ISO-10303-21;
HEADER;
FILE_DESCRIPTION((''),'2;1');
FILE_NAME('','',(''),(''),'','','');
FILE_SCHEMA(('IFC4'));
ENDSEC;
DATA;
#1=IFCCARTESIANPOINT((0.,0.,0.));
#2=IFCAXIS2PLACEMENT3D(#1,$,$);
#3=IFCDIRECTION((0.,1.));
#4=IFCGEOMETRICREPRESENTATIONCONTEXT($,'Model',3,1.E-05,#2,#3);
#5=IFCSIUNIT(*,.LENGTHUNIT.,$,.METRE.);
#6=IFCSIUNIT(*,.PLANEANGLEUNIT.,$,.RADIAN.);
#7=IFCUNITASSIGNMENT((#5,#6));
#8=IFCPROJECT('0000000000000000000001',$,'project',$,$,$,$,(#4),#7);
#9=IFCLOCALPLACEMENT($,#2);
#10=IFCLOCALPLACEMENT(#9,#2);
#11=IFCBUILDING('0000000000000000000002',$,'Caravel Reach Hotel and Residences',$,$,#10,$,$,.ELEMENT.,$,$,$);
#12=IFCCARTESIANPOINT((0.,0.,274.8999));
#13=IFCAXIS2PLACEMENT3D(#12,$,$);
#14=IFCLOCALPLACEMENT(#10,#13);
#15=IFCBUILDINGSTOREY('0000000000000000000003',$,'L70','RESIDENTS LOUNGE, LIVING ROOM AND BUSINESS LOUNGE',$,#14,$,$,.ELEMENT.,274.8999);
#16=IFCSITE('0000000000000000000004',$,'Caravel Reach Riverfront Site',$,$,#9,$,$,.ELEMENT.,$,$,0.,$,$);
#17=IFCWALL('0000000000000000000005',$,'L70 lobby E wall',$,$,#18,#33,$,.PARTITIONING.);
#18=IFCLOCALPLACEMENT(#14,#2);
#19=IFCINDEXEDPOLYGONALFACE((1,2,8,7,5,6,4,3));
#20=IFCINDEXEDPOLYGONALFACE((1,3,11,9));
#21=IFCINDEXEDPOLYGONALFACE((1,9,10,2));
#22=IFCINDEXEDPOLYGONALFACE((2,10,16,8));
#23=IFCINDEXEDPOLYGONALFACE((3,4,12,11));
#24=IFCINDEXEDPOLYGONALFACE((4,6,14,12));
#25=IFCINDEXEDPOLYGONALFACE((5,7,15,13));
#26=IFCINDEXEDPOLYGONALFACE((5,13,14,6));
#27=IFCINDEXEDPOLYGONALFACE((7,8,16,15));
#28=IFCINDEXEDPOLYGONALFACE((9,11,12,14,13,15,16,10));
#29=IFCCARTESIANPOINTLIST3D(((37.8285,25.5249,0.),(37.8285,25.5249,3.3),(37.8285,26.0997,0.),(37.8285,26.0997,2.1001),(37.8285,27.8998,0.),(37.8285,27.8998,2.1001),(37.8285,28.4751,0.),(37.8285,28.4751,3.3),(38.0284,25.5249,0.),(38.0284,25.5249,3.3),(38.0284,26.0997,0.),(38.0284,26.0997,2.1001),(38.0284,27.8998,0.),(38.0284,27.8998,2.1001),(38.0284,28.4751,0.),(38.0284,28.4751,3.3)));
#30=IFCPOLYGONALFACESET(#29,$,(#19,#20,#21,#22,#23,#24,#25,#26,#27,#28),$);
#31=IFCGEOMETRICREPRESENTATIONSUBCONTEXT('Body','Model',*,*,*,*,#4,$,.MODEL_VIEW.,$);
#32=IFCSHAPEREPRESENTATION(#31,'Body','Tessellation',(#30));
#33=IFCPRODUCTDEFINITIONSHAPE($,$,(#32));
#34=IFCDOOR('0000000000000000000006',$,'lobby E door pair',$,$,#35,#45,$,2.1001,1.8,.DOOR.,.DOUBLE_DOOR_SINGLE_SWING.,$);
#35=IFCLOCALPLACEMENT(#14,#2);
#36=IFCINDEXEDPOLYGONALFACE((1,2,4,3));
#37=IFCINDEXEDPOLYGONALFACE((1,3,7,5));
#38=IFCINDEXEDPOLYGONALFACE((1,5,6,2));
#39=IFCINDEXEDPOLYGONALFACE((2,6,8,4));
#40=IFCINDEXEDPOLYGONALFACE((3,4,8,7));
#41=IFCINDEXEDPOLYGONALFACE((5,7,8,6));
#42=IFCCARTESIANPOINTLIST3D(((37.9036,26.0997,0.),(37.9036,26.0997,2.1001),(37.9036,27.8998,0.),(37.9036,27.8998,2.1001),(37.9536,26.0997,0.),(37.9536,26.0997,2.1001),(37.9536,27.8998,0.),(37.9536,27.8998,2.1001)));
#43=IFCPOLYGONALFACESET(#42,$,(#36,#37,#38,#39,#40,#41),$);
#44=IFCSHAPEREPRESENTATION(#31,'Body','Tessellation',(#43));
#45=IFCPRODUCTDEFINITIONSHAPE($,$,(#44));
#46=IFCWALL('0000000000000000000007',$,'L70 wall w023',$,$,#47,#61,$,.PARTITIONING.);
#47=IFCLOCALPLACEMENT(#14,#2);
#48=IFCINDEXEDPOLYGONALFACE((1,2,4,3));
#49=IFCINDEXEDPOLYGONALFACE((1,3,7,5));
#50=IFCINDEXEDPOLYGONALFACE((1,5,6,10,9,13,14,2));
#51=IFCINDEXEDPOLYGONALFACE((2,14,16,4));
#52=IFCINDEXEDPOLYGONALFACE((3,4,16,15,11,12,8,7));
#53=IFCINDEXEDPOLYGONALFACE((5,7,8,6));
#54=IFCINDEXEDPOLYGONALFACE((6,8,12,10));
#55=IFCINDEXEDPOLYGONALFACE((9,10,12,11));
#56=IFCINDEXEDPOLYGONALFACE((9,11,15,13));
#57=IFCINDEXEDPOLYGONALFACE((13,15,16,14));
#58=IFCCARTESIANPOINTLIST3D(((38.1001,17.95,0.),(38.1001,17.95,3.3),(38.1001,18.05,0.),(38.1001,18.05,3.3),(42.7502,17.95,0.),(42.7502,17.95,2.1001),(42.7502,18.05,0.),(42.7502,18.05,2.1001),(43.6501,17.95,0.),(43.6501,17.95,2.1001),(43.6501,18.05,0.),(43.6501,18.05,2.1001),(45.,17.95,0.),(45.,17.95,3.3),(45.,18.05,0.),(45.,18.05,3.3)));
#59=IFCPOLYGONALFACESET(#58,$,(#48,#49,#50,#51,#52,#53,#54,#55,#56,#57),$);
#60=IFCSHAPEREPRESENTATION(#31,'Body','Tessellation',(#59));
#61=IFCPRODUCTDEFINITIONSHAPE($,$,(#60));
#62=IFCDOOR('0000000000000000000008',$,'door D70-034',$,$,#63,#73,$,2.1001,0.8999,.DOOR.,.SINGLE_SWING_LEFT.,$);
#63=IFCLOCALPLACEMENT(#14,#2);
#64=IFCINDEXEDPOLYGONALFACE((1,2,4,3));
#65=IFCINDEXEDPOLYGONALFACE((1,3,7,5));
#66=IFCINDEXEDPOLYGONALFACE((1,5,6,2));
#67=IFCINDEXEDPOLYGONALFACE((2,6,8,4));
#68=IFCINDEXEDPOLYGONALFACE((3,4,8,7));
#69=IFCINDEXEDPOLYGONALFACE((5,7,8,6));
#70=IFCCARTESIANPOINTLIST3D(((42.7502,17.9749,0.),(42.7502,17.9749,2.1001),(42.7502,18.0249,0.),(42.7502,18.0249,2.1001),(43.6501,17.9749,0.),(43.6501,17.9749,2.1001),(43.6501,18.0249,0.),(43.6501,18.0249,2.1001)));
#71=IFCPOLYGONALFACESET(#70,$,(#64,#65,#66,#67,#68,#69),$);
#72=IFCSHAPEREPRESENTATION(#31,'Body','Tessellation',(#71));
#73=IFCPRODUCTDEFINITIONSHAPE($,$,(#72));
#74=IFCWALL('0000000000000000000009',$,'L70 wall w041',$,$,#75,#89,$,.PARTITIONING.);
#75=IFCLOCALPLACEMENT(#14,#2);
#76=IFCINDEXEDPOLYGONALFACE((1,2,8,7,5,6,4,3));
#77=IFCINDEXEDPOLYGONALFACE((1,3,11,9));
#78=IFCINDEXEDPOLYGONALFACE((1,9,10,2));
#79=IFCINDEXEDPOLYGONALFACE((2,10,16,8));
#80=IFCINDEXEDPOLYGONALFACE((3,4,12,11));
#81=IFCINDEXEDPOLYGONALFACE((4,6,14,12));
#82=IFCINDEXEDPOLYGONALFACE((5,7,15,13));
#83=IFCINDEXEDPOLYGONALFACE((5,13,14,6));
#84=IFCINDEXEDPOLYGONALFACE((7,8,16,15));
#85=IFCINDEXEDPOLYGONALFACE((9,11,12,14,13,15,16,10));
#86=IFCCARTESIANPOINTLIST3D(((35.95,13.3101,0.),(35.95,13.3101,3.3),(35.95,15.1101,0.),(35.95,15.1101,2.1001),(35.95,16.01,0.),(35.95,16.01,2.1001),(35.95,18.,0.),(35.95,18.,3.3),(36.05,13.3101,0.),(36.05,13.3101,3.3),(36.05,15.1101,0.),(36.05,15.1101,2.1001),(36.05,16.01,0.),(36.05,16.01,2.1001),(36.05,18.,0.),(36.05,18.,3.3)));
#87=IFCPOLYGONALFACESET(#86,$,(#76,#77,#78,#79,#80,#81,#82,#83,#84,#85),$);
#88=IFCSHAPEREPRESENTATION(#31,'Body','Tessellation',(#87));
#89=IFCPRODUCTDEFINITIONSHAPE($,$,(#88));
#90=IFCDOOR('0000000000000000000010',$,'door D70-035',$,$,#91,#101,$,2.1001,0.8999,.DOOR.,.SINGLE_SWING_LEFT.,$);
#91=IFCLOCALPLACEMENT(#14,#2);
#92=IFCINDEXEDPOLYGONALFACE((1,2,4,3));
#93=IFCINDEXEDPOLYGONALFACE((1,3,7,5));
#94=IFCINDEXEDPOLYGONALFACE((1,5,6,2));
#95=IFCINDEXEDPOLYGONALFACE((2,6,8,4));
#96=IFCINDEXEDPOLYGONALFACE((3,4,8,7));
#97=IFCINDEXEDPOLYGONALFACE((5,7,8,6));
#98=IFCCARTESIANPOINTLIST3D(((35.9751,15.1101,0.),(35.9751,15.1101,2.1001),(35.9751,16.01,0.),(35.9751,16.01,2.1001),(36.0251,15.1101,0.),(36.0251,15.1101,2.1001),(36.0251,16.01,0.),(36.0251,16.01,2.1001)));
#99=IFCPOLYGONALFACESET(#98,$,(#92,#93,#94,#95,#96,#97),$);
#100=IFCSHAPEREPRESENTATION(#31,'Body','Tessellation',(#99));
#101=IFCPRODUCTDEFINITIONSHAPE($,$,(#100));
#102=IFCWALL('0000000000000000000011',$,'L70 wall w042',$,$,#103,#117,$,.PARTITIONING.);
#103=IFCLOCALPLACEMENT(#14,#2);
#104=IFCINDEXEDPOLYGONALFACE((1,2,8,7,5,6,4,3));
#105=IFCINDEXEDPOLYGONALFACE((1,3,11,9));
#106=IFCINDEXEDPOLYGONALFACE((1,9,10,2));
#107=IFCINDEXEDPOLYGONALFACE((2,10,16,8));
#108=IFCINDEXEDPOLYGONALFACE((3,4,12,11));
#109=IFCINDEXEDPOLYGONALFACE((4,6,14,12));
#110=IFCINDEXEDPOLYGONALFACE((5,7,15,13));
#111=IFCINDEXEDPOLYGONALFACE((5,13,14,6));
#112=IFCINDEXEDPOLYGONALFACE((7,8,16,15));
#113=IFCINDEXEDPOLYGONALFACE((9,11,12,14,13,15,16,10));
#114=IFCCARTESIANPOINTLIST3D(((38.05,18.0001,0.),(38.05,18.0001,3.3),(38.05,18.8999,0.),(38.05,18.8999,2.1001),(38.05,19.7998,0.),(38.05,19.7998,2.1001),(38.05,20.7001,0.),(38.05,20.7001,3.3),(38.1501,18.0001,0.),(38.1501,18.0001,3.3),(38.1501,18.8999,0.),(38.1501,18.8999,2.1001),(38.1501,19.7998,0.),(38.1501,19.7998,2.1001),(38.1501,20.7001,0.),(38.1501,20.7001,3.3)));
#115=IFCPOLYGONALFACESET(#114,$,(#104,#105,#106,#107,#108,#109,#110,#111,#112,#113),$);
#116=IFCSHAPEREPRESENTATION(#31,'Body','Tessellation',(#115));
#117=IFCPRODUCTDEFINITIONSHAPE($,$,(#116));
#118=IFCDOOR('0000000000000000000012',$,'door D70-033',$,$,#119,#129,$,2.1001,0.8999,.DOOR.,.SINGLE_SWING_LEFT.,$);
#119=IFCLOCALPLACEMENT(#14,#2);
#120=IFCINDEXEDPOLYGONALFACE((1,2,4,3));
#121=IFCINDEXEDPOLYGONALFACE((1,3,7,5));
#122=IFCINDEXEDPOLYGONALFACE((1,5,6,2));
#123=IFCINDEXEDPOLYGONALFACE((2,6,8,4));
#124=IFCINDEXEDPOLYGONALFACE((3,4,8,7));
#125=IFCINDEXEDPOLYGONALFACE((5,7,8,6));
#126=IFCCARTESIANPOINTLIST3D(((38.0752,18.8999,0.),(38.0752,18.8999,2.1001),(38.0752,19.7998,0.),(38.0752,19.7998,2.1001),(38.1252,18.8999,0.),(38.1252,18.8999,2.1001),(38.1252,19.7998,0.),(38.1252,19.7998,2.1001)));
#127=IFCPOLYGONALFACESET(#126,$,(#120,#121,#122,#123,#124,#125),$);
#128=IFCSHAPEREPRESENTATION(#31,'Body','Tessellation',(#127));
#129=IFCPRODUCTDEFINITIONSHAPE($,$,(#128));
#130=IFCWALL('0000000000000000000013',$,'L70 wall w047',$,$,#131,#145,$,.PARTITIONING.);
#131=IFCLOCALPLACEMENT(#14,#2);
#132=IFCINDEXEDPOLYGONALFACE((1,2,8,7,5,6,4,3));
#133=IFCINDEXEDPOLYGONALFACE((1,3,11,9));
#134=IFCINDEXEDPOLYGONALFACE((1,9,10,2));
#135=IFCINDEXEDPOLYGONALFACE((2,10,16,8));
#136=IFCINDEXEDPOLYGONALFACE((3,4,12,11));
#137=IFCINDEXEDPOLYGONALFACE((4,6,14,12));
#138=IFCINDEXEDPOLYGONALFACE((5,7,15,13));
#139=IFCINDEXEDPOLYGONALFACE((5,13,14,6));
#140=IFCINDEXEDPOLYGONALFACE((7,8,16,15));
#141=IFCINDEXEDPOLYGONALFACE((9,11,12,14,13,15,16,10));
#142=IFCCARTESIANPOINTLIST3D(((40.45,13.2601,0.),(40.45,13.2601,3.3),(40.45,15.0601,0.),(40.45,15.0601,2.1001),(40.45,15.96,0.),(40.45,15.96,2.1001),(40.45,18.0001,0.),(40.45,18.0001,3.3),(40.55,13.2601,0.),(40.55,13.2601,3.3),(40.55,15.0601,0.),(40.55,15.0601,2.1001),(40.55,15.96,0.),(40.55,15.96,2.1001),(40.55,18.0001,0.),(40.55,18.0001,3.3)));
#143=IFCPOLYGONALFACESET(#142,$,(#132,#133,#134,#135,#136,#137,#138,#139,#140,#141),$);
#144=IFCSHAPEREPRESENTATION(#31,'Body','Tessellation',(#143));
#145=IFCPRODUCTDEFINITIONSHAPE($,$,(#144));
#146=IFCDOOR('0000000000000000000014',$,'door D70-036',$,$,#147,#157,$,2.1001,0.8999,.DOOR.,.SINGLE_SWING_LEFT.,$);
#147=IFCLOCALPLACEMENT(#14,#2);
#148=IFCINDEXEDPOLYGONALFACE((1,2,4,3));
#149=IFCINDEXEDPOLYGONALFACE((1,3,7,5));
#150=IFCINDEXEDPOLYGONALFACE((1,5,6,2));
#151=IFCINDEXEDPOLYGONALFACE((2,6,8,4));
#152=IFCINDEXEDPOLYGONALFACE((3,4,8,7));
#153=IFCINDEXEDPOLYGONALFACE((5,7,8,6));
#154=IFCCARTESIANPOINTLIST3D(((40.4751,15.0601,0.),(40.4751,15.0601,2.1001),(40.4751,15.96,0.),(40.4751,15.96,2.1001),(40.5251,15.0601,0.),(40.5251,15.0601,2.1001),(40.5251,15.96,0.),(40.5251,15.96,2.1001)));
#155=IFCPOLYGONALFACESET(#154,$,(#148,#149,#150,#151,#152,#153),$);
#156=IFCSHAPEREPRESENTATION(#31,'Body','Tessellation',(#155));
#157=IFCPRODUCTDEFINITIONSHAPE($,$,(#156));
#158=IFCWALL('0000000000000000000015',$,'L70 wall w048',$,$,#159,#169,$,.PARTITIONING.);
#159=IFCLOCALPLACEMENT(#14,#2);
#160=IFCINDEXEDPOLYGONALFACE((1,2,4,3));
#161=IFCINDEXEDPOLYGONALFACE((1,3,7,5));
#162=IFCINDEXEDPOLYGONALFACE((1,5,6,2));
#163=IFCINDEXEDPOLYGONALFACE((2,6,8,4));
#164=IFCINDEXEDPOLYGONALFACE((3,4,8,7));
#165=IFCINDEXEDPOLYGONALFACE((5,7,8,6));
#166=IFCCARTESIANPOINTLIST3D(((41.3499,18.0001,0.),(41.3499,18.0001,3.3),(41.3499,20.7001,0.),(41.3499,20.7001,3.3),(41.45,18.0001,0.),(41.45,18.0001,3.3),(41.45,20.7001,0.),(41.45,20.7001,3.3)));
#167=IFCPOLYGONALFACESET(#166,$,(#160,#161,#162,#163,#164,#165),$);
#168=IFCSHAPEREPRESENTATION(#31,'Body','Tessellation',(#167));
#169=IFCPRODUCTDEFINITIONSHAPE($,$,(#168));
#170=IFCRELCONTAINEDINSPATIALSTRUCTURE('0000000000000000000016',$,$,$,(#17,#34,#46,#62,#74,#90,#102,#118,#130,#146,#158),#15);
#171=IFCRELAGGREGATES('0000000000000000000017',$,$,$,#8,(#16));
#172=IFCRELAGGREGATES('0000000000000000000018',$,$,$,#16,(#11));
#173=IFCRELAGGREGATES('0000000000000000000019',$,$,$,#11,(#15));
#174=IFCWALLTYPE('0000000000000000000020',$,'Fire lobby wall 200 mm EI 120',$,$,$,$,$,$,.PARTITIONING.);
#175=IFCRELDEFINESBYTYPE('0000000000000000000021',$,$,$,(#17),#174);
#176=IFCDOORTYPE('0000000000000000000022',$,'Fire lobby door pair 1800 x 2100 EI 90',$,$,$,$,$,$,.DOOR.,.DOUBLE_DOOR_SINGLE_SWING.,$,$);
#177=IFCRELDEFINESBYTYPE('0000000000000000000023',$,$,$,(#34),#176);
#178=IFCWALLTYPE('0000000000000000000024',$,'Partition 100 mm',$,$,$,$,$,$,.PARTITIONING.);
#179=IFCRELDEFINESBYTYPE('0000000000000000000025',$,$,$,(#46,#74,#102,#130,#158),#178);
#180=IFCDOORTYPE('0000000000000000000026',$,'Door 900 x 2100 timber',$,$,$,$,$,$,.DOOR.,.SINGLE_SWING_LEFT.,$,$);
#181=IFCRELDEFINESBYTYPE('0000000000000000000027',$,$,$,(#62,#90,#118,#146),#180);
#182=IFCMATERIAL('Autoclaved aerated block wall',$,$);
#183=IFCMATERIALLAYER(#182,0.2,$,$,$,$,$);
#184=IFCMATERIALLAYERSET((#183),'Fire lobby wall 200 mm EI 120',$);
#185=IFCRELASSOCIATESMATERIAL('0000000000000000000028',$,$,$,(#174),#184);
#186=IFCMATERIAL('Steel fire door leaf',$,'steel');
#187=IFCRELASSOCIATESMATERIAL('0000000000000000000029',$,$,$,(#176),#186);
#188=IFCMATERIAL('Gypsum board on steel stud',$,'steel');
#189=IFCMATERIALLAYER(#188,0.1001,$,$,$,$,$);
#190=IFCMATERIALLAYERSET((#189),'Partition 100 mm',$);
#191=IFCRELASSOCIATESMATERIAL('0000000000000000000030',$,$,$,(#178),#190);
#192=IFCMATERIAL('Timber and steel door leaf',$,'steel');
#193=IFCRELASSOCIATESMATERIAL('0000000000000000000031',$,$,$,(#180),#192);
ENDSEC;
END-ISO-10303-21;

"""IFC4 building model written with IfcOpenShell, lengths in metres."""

from ifc_helpers import new_model, si_unit, direction, frame, frame_2d, origin, place, context, subcontext, project, spatial, rectangle, extrude, material, layer, layer_set, type_object, element, fill, save


model = new_model("IFC4")

# Units and contexts
model_context = context("Model", 3, precision=1e-05, world=origin(), true_north=direction((0.0, 1.0)))
body_context = subcontext(model_context, "Body", "Model", "MODEL_VIEW")
ifc_project = project(units=[si_unit("LENGTHUNIT", "METRE"), si_unit("PLANEANGLEUNIT", "RADIAN")], contexts=[model_context])

# Site, building, storey
site_placement = place(None, origin())
site = spatial("IfcSite", under=ifc_project, at=site_placement, Name="Caravel Reach Riverfront Site", CompositionType="ELEMENT", RefElevation=0.0)
building_placement = place(site_placement, origin())
building = spatial("IfcBuilding", under=site, at=building_placement, Name="Caravel Reach Hotel and Residences", CompositionType="ELEMENT")
storey_placement = place(building_placement, frame((0.0, 0.0, 274.8999)))
storey = spatial("IfcBuildingStorey", under=building, at=storey_placement, Name="L70", Description="RESIDENTS LOUNGE, LIVING ROOM AND BUSINESS LOUNGE", CompositionType="ELEMENT", Elevation=274.8999)

# Walls, openings, doors
ifc_material_1 = material(Name="Autoclaved aerated block wall")
ifc_layer_1 = layer(ifc_material_1, 0.2)
ifc_layer_set_1 = layer_set([ifc_layer_1], Name="Fire lobby wall 200 mm EI 120")
wall_type_1 = type_object("IfcWallType", Name="Fire lobby wall 200 mm EI 120", PredefinedType="PARTITIONING", material=ifc_layer_set_1)
wall_1_placement = place(storey_placement, frame((37.9285, 25.5249, 0.0), z_axis=(0.0, 0.0, 1.0), x_axis=(0.0, 1.0, 0.0)))
wall_1 = element("IfcWall", 1, at=wall_1_placement, inside=storey, type_object=wall_type_1, Name="L70 lobby E wall", PredefinedType="PARTITIONING", context=body_context, shape_type="SweptSolid", body=[
    extrude(rectangle(XDim=2.9502, YDim=0.2, at=frame_2d((1.4751, 0.0))), origin(), (0.0, 0.0, 1.0), 3.3),
])
opening_1_placement = place(wall_1_placement, frame((0.575, 0.0, 0.0)))
opening_1 = element("IfcOpeningElement", 2, at=opening_1_placement, cuts=wall_1, PredefinedType="OPENING", context=body_context, shape_type="SweptSolid", body=[
    extrude(rectangle(XDim=1.8, YDim=2.1001, at=frame_2d((0.8999, 1.05))), frame((0.0, 0.1099, 0.0), z_axis=(0.0, -1.0, 0.0), x_axis=(1.0, 0.0, 0.0)), (0.0, 0.0, 1.0), 0.22),
])
ifc_material_2 = material(Name="Steel fire door leaf", Category="steel")
door_type_1 = type_object("IfcDoorType", Name="Fire lobby door pair 1800 x 2100 EI 90", OperationType="DOUBLE_DOOR_SINGLE_SWING", PredefinedType="DOOR", material=ifc_material_2)
door_1_placement = place(opening_1_placement, origin())
door_1 = element("IfcDoor", 3, at=door_1_placement, inside=storey, type_object=door_type_1, Name="lobby E door pair", OperationType="DOUBLE_DOOR_SINGLE_SWING", OverallHeight=2.1001, OverallWidth=1.8, PredefinedType="DOOR", context=body_context, shape_type="SweptSolid", body=[
    extrude(rectangle(XDim=1.8, YDim=2.1001, at=frame_2d((0.8999, 1.05))), frame((0.0, 0.0249, 0.0), z_axis=(0.0, -1.0, 0.0), x_axis=(1.0, 0.0, 0.0)), (0.0, 0.0, 1.0), 0.05),
])
fill(opening_1, door_1)
ifc_material_3 = material(Name="Gypsum board on steel stud", Category="steel")
ifc_layer_2 = layer(ifc_material_3, 0.1001)
ifc_layer_set_2 = layer_set([ifc_layer_2], Name="Partition 100 mm")
wall_type_2 = type_object("IfcWallType", Name="Partition 100 mm", PredefinedType="PARTITIONING", material=ifc_layer_set_2)
wall_2_placement = place(storey_placement, frame((38.1001, 18.0, 0.0), z_axis=(0.0, 0.0, 1.0), x_axis=(1.0, 0.0, 0.0)))
wall_2 = element("IfcWall", 4, at=wall_2_placement, inside=storey, type_object=wall_type_2, Name="L70 wall w023", PredefinedType="PARTITIONING", context=body_context, shape_type="SweptSolid", body=[
    extrude(rectangle(XDim=6.8999, YDim=0.1001, at=frame_2d((3.45, 0.0))), origin(), (0.0, 0.0, 1.0), 3.3),
])
opening_2_placement = place(wall_2_placement, frame((4.6501, 0.0, 0.0)))
opening_2 = element("IfcOpeningElement", 5, at=opening_2_placement, cuts=wall_2, PredefinedType="OPENING", context=body_context, shape_type="SweptSolid", body=[
    extrude(rectangle(XDim=0.8999, YDim=2.1001, at=frame_2d((0.45, 1.05))), frame((0.0, 0.0601, 0.0), z_axis=(0.0, -1.0, 0.0), x_axis=(1.0, 0.0, 0.0)), (0.0, 0.0, 1.0), 0.1201),
])
ifc_material_4 = material(Name="Timber and steel door leaf", Category="steel")
door_type_2 = type_object("IfcDoorType", Name="Door 900 x 2100 timber", OperationType="SINGLE_SWING_LEFT", PredefinedType="DOOR", material=ifc_material_4)
door_2_placement = place(opening_2_placement, origin())
door_2 = element("IfcDoor", 6, at=door_2_placement, inside=storey, type_object=door_type_2, Name="door D70-034", OperationType="SINGLE_SWING_LEFT", OverallHeight=2.1001, OverallWidth=0.8999, PredefinedType="DOOR", context=body_context, shape_type="SweptSolid", body=[
    extrude(rectangle(XDim=0.8999, YDim=2.1001, at=frame_2d((0.45, 1.05))), frame((0.0, 0.0249, 0.0), z_axis=(0.0, -1.0, 0.0), x_axis=(1.0, 0.0, 0.0)), (0.0, 0.0, 1.0), 0.05),
])
fill(opening_2, door_2)
wall_3_placement = place(storey_placement, frame((36.0, 13.3101, 0.0), z_axis=(0.0, 0.0, 1.0), x_axis=(0.0, 1.0, 0.0)))
wall_3 = element("IfcWall", 7, at=wall_3_placement, inside=storey, type_object=wall_type_2, Name="L70 wall w041", PredefinedType="PARTITIONING", context=body_context, shape_type="SweptSolid", body=[
    extrude(rectangle(XDim=4.6899, YDim=0.1001, at=frame_2d((2.345, 0.0))), origin(), (0.0, 0.0, 1.0), 3.3),
])
opening_3_placement = place(wall_3_placement, frame((1.8, 0.0, 0.0)))
opening_3 = element("IfcOpeningElement", 8, at=opening_3_placement, cuts=wall_3, PredefinedType="OPENING", context=body_context, shape_type="SweptSolid", body=[
    extrude(rectangle(XDim=0.8999, YDim=2.1001, at=frame_2d((0.45, 1.05))), frame((0.0, 0.0601, 0.0), z_axis=(0.0, -1.0, 0.0), x_axis=(1.0, 0.0, 0.0)), (0.0, 0.0, 1.0), 0.1201),
])
door_3_placement = place(opening_3_placement, origin())
door_3 = element("IfcDoor", 9, at=door_3_placement, inside=storey, type_object=door_type_2, Name="door D70-035", OperationType="SINGLE_SWING_LEFT", OverallHeight=2.1001, OverallWidth=0.8999, PredefinedType="DOOR", context=body_context, shape_type="SweptSolid", body=[
    extrude(rectangle(XDim=0.8999, YDim=2.1001, at=frame_2d((0.45, 1.05))), frame((0.0, 0.0249, 0.0), z_axis=(0.0, -1.0, 0.0), x_axis=(1.0, 0.0, 0.0)), (0.0, 0.0, 1.0), 0.05),
])
fill(opening_3, door_3)
wall_4_placement = place(storey_placement, frame((38.1001, 18.0, 0.0), z_axis=(0.0, 0.0, 1.0), x_axis=(0.0, 1.0, 0.0)))
wall_4 = element("IfcWall", 10, at=wall_4_placement, inside=storey, type_object=wall_type_2, Name="L70 wall w042", PredefinedType="PARTITIONING", context=body_context, shape_type="SweptSolid", body=[
    extrude(rectangle(XDim=2.7, YDim=0.1001, at=frame_2d((1.3501, 0.0))), origin(), (0.0, 0.0, 1.0), 3.3),
])
opening_4_placement = place(wall_4_placement, frame((0.8999, 0.0, 0.0)))
opening_4 = element("IfcOpeningElement", 11, at=opening_4_placement, cuts=wall_4, PredefinedType="OPENING", context=body_context, shape_type="SweptSolid", body=[
    extrude(rectangle(XDim=0.8999, YDim=2.1001, at=frame_2d((0.45, 1.05))), frame((0.0, 0.0601, 0.0), z_axis=(0.0, -1.0, 0.0), x_axis=(1.0, 0.0, 0.0)), (0.0, 0.0, 1.0), 0.1201),
])
door_4_placement = place(opening_4_placement, origin())
door_4 = element("IfcDoor", 12, at=door_4_placement, inside=storey, type_object=door_type_2, Name="door D70-033", OperationType="SINGLE_SWING_LEFT", OverallHeight=2.1001, OverallWidth=0.8999, PredefinedType="DOOR", context=body_context, shape_type="SweptSolid", body=[
    extrude(rectangle(XDim=0.8999, YDim=2.1001, at=frame_2d((0.45, 1.05))), frame((0.0, 0.0249, 0.0), z_axis=(0.0, -1.0, 0.0), x_axis=(1.0, 0.0, 0.0)), (0.0, 0.0, 1.0), 0.05),
])
fill(opening_4, door_4)
wall_5_placement = place(storey_placement, frame((40.5, 13.26, 0.0), z_axis=(0.0, 0.0, 1.0), x_axis=(0.0, 1.0, 0.0)))
wall_5 = element("IfcWall", 13, at=wall_5_placement, inside=storey, type_object=wall_type_2, Name="L70 wall w047", PredefinedType="PARTITIONING", context=body_context, shape_type="SweptSolid", body=[
    extrude(rectangle(XDim=4.74, YDim=0.1001, at=frame_2d((2.3701, 0.0))), origin(), (0.0, 0.0, 1.0), 3.3),
])
opening_5_placement = place(wall_5_placement, frame((1.8, 0.0, 0.0)))
opening_5 = element("IfcOpeningElement", 14, at=opening_5_placement, cuts=wall_5, PredefinedType="OPENING", context=body_context, shape_type="SweptSolid", body=[
    extrude(rectangle(XDim=0.8999, YDim=2.1001, at=frame_2d((0.45, 1.05))), frame((0.0, 0.0601, 0.0), z_axis=(0.0, -1.0, 0.0), x_axis=(1.0, 0.0, 0.0)), (0.0, 0.0, 1.0), 0.1201),
])
door_5_placement = place(opening_5_placement, origin())
door_5 = element("IfcDoor", 15, at=door_5_placement, inside=storey, type_object=door_type_2, Name="door D70-036", OperationType="SINGLE_SWING_LEFT", OverallHeight=2.1001, OverallWidth=0.8999, PredefinedType="DOOR", context=body_context, shape_type="SweptSolid", body=[
    extrude(rectangle(XDim=0.8999, YDim=2.1001, at=frame_2d((0.45, 1.05))), frame((0.0, 0.0249, 0.0), z_axis=(0.0, -1.0, 0.0), x_axis=(1.0, 0.0, 0.0)), (0.0, 0.0, 1.0), 0.05),
])
fill(opening_5, door_5)

# Wall
wall_6_placement = place(storey_placement, frame((41.3999, 18.0, 0.0), z_axis=(0.0, 0.0, 1.0), x_axis=(0.0, 1.0, 0.0)))
element("IfcWall", 16, at=wall_6_placement, inside=storey, type_object=wall_type_2, Name="L70 wall w048", PredefinedType="PARTITIONING", context=body_context, shape_type="SweptSolid", body=[
    extrude(rectangle(XDim=2.7, YDim=0.1001, at=frame_2d((1.3501, 0.0))), origin(), (0.0, 0.0, 1.0), 3.3),
])

save(model, "model.ifc")
